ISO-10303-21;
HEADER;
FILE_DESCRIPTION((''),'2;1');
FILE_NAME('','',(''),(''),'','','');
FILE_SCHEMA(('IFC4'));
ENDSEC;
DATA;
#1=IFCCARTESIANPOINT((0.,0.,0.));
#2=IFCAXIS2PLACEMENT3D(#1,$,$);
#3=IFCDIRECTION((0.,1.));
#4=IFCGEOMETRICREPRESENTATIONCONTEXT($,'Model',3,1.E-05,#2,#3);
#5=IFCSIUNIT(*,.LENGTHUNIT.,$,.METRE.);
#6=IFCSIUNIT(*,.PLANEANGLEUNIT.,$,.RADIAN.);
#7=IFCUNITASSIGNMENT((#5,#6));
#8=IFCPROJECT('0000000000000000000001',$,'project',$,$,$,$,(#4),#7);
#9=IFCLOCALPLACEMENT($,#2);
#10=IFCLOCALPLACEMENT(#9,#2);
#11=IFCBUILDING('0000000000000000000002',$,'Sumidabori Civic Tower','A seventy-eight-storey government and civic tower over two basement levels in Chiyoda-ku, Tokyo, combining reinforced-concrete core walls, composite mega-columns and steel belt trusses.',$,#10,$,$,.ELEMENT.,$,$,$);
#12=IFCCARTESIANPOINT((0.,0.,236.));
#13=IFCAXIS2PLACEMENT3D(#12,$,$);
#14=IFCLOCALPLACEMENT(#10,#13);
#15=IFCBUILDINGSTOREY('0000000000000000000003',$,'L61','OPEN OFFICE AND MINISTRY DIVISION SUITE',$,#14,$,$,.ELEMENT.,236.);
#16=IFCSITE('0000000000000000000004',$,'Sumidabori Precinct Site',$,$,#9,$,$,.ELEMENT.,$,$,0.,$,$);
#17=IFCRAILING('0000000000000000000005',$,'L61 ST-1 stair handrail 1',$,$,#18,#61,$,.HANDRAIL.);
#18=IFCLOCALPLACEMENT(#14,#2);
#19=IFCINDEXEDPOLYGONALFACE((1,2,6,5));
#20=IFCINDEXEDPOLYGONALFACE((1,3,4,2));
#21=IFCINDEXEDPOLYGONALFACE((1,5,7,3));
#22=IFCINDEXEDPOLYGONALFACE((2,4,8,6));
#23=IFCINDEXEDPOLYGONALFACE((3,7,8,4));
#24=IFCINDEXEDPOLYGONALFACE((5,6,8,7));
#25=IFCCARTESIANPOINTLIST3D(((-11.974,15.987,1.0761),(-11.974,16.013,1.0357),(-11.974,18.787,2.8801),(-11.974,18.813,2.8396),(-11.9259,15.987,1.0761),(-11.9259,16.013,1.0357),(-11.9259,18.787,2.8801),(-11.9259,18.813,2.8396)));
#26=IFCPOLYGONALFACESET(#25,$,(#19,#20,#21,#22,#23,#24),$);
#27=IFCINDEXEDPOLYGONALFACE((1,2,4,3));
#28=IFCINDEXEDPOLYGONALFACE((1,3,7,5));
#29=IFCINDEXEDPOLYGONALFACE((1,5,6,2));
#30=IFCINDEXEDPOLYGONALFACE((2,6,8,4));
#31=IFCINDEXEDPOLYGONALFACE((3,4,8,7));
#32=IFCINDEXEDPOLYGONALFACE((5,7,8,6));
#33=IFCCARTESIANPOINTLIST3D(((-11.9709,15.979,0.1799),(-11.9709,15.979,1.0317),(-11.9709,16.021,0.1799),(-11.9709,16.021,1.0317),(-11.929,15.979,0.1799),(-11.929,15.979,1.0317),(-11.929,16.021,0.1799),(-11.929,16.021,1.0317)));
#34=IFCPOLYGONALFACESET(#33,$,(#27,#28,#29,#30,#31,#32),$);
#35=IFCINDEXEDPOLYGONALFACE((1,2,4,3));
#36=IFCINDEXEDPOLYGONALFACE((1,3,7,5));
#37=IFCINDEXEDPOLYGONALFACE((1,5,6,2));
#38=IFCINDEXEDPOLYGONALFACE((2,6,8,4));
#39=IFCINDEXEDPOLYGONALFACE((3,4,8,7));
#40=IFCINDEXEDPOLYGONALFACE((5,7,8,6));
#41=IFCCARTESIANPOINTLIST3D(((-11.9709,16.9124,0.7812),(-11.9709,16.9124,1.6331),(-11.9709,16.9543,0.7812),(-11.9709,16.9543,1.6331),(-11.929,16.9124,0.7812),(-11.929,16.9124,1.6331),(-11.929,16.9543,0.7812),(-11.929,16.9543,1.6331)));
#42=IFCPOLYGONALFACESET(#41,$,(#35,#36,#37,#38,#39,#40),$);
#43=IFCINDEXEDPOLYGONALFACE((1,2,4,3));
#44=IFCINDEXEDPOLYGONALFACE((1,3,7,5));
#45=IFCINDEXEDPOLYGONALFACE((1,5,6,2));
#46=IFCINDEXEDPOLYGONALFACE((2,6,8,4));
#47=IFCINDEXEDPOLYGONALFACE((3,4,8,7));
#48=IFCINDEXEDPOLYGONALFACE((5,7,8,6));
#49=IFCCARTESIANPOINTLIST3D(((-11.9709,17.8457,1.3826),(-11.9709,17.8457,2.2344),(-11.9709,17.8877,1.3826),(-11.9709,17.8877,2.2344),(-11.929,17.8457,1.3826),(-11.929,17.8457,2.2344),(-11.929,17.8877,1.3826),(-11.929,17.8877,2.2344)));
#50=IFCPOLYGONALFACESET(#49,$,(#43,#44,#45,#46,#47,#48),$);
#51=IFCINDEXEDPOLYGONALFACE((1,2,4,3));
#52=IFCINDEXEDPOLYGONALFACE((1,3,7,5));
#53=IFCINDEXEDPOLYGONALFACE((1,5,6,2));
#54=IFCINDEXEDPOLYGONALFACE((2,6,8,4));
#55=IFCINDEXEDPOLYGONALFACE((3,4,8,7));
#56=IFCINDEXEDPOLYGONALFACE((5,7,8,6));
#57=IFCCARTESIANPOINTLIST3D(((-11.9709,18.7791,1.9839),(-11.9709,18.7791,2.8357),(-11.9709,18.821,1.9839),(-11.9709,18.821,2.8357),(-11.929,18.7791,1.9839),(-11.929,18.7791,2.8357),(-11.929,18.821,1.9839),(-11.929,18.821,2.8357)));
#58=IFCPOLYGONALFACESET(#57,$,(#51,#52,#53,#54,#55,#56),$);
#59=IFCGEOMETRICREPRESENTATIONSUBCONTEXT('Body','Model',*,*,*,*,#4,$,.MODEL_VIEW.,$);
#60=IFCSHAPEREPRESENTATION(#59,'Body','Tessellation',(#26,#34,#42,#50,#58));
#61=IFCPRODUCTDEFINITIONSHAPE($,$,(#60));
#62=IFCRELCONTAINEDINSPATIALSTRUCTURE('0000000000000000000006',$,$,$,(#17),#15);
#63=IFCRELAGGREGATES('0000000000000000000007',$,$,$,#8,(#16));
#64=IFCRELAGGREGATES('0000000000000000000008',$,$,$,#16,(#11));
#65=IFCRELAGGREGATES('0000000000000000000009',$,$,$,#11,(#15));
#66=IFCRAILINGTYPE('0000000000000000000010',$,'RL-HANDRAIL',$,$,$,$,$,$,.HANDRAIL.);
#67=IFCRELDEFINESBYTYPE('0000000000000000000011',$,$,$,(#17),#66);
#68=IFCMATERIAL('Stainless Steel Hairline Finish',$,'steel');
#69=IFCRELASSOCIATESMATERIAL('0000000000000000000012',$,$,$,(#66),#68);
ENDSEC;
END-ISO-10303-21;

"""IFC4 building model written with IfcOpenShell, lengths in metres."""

from ifc_helpers import new_model, si_unit, direction, frame, origin, origin_2d, place, context, subcontext, project, spatial, rectangle, extrude, material, type_object, element, save


model = new_model("IFC4")

# Units and contexts
model_context = context("Model", 3, precision=1e-05, world=origin(), true_north=direction((0.0, 1.0)))
body_context = subcontext(model_context, "Body", "Model", "MODEL_VIEW")
ifc_project = project(units=[si_unit("LENGTHUNIT", "METRE"), si_unit("PLANEANGLEUNIT", "RADIAN")], contexts=[model_context])

# Site, building, storey
site_placement = place(None, origin())
site = spatial("IfcSite", under=ifc_project, at=site_placement, Name="Sumidabori Precinct Site", CompositionType="ELEMENT", RefElevation=0.0)
building_placement = place(site_placement, origin())
building = spatial("IfcBuilding", under=site, at=building_placement, Name="Sumidabori Civic Tower", Description="A seventy-eight-storey government and civic tower over two basement levels in Chiyoda-ku, Tokyo, combining reinforced-concrete core walls, composite mega-columns and steel belt trusses.", CompositionType="ELEMENT")
storey_placement = place(building_placement, frame((0.0, 0.0, 236.0)))
storey = spatial("IfcBuildingStorey", under=building, at=storey_placement, Name="L61", Description="OPEN OFFICE AND MINISTRY DIVISION SUITE", CompositionType="ELEMENT", Elevation=236.0)

# Shared definitions
ifc_material_1 = material(Name="Stainless Steel Hairline Finish", Category="steel")

# Railing
railing_type = type_object("IfcRailingType", Name="RL-HANDRAIL", PredefinedType="HANDRAIL", material=ifc_material_1)
railing_placement = place(storey_placement, frame((-11.95, 16.0, 0.1799)))
element("IfcRailing", 1, at=railing_placement, inside=storey, type_object=railing_type, Name="L61 ST-1 stair handrail 1", PredefinedType="HANDRAIL", context=body_context, shape_type="SweptSolid", body=[
    extrude(rectangle(XDim=0.0481, YDim=0.0481, at=origin_2d()), frame((0.0, 0.0, 0.876), z_axis=(0.0, 0.840642, 0.541591), x_axis=(-1.0, 0.0, 0.0)), (0.0, 0.0, 1.0), 3.3308),
    extrude(rectangle(XDim=0.042, YDim=0.042, at=origin_2d()), origin(), (0.0, 0.0, 1.0), 0.8518),
    extrude(rectangle(XDim=0.042, YDim=0.042, at=origin_2d()), frame((0.0, 0.9333, 0.6013)), (0.0, 0.0, 1.0), 0.8518),
    extrude(rectangle(XDim=0.042, YDim=0.042, at=origin_2d()), frame((0.0, 1.8667, 1.2026)), (0.0, 0.0, 1.0), 0.8518),
    extrude(rectangle(XDim=0.042, YDim=0.042, at=origin_2d()), frame((0.0, 2.8, 1.804)), (0.0, 0.0, 1.0), 0.8518),
])

save(model, "model.ifc")
